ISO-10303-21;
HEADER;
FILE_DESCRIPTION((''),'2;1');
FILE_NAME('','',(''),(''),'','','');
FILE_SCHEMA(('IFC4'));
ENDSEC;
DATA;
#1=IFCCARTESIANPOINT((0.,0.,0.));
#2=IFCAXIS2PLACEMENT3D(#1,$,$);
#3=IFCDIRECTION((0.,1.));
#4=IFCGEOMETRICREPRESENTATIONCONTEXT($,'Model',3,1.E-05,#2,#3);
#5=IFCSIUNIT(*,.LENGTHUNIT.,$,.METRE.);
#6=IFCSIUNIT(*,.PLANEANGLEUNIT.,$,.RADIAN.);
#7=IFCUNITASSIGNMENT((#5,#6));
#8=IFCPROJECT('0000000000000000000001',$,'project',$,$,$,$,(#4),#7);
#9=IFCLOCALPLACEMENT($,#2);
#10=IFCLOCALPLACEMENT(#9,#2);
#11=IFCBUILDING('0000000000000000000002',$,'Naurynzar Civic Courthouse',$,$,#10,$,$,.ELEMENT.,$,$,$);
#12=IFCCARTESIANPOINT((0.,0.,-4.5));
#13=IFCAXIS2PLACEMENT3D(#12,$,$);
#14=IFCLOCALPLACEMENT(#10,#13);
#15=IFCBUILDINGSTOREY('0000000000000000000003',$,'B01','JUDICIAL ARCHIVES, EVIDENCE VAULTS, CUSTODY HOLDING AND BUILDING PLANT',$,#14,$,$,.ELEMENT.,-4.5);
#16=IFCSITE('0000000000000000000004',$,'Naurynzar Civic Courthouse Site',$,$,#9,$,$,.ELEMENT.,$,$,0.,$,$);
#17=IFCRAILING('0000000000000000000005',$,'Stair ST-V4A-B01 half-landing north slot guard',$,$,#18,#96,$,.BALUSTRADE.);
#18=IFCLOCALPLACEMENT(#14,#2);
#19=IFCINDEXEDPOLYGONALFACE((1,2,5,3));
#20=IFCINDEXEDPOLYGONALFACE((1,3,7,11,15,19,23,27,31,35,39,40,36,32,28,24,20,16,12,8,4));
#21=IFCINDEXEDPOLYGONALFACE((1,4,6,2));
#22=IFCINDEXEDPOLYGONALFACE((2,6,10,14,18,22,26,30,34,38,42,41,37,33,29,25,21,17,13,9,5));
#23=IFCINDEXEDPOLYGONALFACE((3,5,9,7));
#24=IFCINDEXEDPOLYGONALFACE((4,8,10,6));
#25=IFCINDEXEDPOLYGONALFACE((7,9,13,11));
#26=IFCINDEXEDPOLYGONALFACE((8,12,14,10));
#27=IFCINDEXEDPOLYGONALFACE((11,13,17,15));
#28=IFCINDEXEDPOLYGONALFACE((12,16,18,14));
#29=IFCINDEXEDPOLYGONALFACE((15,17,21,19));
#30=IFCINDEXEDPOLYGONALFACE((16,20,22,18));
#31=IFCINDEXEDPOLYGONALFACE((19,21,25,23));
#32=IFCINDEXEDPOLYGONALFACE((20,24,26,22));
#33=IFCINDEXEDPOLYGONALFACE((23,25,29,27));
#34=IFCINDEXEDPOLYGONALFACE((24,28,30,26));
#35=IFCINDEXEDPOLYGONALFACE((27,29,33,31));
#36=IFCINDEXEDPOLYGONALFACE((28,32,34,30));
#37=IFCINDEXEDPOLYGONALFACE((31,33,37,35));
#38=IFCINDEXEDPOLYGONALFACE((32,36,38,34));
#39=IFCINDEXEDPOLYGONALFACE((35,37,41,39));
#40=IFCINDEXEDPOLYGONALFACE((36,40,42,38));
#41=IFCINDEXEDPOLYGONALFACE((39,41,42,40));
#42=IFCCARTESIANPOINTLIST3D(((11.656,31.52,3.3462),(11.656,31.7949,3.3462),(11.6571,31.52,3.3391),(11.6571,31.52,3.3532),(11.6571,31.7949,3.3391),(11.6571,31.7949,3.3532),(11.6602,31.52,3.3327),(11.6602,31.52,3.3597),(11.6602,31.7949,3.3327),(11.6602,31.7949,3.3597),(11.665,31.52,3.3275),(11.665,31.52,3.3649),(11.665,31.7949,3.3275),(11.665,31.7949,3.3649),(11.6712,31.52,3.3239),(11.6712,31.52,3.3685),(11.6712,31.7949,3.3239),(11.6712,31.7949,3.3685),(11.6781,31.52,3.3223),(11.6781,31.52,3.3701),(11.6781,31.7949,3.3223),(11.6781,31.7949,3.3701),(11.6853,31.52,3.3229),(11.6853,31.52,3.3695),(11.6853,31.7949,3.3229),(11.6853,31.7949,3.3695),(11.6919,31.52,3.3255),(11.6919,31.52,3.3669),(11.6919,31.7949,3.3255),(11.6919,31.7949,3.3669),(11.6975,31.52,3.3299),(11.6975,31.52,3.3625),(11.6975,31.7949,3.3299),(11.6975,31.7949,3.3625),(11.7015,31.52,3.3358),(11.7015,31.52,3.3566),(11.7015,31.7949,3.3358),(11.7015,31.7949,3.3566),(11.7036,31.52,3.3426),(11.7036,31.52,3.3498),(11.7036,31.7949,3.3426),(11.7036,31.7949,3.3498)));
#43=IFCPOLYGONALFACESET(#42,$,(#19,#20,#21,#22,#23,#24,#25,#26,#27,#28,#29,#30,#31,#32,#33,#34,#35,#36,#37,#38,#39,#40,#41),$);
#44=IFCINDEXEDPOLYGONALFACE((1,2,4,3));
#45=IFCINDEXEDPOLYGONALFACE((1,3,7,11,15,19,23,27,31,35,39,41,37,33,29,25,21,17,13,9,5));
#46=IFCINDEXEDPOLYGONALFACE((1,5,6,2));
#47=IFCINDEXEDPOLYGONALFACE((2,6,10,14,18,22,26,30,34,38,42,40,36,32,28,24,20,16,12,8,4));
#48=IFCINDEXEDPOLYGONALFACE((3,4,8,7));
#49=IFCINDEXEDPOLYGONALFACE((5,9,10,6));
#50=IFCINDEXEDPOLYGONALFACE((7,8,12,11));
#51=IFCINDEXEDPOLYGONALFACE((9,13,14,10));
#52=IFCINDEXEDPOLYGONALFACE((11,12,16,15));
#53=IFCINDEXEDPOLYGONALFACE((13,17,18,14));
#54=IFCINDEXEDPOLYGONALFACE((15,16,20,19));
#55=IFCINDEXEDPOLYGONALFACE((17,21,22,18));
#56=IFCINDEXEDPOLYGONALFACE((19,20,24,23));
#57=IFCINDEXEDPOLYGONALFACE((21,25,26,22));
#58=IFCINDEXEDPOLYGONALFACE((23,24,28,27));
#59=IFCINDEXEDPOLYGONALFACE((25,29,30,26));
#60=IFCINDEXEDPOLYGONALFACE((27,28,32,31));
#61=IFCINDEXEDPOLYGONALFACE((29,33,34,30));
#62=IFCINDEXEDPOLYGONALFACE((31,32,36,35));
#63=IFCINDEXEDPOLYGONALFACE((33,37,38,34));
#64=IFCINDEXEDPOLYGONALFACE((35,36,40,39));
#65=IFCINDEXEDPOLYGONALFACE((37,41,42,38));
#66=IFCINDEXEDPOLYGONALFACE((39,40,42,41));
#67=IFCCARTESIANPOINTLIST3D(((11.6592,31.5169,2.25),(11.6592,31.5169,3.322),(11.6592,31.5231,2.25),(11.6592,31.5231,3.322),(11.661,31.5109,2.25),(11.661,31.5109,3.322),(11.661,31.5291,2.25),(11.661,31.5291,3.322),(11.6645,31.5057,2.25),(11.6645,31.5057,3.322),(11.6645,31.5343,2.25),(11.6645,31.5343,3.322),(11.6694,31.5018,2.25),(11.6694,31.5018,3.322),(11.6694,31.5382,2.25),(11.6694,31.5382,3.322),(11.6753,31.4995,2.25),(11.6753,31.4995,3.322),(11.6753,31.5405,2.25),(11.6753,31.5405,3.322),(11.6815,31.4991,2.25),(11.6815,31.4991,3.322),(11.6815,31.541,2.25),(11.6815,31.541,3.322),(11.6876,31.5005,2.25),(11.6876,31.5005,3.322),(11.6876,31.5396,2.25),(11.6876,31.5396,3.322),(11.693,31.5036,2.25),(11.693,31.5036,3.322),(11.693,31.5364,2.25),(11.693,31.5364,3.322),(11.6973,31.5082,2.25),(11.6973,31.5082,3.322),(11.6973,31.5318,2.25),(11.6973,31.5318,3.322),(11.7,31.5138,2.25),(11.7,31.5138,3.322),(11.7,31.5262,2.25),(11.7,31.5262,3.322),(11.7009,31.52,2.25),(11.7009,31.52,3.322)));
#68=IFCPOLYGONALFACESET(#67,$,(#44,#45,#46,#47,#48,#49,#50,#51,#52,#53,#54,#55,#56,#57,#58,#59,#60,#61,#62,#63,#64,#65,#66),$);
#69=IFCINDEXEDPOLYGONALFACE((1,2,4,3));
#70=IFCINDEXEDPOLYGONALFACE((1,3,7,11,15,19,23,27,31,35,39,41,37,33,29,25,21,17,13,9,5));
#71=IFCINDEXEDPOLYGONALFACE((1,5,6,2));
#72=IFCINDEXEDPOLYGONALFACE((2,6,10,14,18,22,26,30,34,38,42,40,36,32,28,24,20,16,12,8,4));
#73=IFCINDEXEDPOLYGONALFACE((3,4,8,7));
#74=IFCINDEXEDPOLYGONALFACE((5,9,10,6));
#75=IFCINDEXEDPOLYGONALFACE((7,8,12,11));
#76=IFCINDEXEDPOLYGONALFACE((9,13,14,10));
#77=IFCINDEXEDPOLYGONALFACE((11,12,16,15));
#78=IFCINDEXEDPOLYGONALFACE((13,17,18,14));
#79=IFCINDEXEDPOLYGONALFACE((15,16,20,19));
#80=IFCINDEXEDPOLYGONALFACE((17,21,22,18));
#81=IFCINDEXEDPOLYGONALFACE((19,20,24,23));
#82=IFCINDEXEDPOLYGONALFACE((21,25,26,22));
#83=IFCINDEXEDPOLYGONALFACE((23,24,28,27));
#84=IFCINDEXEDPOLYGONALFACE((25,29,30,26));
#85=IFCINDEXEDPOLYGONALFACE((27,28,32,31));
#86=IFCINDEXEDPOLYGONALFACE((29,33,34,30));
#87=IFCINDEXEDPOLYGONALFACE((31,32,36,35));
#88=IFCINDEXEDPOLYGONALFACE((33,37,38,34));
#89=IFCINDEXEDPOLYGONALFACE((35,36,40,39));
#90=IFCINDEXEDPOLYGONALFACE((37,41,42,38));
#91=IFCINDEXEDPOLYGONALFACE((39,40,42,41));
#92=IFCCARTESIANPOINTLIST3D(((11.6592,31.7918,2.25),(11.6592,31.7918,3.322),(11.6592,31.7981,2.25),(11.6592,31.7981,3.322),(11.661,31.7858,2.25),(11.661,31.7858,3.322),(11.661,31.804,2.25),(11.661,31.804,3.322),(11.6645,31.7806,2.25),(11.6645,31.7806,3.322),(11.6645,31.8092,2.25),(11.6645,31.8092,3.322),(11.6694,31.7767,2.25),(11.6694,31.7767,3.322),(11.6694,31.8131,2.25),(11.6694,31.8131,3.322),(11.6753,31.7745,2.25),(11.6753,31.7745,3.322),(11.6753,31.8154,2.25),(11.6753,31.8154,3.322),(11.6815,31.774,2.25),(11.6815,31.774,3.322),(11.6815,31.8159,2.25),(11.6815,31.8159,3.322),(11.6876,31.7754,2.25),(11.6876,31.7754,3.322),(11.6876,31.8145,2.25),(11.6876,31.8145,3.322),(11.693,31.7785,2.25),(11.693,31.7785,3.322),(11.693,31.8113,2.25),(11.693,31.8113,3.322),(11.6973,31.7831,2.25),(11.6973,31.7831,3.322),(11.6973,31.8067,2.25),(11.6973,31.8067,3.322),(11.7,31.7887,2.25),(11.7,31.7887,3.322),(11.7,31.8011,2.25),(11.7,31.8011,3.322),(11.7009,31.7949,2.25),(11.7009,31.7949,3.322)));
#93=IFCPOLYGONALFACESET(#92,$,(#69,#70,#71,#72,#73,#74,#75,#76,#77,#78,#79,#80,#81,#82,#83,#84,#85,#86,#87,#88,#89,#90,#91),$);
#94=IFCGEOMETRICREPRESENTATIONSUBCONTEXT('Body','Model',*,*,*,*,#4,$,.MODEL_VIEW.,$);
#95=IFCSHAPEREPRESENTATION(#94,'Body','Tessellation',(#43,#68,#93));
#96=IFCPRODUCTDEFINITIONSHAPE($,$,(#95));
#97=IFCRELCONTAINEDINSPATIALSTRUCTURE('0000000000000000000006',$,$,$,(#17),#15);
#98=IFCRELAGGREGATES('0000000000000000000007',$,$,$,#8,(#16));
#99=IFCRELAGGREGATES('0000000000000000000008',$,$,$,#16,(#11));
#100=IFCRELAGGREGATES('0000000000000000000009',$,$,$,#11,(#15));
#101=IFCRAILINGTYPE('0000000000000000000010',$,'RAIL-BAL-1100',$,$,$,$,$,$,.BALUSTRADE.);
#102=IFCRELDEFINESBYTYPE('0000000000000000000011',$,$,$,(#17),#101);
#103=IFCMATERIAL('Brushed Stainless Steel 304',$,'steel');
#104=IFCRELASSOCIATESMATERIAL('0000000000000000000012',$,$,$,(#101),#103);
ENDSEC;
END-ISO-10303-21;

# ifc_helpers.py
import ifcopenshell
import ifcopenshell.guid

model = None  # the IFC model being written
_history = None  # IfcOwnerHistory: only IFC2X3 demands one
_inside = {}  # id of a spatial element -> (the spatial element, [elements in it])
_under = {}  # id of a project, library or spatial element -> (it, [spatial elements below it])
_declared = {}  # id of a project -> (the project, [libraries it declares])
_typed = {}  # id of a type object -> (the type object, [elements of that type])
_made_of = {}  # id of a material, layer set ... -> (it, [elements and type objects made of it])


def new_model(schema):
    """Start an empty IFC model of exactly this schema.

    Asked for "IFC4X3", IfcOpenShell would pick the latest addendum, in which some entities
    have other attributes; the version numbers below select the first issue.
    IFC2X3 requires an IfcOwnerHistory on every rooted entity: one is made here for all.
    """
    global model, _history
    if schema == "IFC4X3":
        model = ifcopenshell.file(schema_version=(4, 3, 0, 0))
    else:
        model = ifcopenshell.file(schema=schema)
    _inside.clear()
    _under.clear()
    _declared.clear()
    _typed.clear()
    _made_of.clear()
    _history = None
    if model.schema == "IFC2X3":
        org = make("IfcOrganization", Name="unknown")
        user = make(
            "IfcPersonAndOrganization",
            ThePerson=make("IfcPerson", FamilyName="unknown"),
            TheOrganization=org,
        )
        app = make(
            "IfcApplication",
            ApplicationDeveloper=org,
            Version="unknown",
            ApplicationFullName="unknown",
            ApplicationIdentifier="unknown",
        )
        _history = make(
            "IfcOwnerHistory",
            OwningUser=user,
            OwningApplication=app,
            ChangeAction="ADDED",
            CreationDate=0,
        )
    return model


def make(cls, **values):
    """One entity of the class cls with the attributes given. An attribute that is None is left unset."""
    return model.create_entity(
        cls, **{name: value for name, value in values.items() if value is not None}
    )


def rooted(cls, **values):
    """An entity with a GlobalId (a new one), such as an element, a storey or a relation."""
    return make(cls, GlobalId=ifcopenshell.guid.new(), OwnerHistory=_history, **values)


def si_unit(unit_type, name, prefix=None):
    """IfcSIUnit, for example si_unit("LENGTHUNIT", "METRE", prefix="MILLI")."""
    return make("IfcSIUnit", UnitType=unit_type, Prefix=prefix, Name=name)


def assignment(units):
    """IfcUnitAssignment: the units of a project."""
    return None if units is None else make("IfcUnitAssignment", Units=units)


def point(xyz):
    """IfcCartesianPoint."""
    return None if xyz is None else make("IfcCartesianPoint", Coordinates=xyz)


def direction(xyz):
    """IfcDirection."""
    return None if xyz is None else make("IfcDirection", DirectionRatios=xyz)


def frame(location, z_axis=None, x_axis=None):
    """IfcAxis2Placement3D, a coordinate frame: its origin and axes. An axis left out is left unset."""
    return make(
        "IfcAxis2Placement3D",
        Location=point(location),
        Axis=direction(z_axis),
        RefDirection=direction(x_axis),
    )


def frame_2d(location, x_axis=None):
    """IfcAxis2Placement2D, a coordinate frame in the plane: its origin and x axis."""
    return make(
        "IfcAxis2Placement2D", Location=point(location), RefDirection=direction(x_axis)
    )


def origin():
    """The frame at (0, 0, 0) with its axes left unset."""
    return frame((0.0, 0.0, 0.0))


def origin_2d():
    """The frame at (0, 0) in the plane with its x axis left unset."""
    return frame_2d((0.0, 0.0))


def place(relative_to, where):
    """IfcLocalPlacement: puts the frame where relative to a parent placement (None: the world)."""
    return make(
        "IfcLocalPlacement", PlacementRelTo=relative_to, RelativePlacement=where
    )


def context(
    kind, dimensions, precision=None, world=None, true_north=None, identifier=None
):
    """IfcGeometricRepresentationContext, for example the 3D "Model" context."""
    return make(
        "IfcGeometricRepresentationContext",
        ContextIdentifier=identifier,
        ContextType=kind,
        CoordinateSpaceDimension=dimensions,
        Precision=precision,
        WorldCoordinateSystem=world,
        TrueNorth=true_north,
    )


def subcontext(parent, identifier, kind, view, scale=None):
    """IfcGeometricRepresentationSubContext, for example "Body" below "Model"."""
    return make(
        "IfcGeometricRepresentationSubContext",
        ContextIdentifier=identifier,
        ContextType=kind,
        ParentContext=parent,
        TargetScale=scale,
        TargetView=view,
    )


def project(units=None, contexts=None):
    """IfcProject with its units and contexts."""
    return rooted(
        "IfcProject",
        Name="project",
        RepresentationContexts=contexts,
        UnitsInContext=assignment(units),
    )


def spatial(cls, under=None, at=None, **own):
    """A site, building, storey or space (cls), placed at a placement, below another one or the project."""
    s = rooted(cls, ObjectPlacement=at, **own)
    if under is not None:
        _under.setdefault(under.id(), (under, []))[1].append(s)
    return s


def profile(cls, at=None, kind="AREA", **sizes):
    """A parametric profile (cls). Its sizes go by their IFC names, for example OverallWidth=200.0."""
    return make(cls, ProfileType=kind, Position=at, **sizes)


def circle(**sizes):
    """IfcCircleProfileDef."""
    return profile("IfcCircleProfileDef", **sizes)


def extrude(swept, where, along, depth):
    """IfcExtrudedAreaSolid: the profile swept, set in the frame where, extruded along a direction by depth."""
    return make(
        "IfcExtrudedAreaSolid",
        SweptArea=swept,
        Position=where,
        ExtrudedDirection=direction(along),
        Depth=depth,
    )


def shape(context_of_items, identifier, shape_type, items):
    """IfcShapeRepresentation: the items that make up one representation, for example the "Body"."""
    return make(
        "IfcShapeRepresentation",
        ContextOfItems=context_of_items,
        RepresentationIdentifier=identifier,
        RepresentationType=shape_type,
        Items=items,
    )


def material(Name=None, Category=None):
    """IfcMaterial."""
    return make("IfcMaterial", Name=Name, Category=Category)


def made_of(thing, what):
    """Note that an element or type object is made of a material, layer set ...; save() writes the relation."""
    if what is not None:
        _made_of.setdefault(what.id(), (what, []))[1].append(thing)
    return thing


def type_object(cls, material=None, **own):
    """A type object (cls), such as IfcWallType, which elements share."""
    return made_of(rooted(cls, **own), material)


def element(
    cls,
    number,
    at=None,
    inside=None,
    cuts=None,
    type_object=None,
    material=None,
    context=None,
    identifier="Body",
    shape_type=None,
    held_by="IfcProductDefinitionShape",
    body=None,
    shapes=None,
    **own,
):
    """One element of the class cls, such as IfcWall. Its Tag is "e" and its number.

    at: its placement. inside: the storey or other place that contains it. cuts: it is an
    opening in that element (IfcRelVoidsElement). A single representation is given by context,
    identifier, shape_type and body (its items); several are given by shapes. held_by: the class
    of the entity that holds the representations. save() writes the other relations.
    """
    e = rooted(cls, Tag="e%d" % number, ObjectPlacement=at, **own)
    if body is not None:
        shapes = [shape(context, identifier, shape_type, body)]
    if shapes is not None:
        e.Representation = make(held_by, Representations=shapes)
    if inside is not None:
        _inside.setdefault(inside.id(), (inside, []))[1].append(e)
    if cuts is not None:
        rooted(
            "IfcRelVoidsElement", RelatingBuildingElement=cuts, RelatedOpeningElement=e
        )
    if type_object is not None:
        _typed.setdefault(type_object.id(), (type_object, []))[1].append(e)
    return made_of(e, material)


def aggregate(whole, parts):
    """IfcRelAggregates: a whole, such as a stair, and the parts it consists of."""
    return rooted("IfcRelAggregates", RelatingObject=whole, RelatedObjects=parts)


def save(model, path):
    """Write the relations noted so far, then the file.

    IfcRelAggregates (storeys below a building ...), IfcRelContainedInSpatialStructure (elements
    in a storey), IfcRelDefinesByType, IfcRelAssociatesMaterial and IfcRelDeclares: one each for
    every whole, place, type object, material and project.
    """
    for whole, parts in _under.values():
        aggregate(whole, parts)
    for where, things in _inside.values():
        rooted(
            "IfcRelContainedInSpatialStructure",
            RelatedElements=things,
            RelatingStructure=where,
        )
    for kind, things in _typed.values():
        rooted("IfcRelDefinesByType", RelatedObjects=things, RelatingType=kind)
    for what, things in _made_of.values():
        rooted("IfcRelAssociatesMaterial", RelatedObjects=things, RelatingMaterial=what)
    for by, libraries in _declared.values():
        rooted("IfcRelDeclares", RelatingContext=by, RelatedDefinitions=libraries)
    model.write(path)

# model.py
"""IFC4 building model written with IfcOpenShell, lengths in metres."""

from ifc_helpers import new_model, si_unit, direction, frame, origin, origin_2d, place, context, subcontext, project, spatial, circle, extrude, material, type_object, element, save


model = new_model("IFC4")

# Units and contexts
model_context = context("Model", 3, precision=1e-05, world=origin(), true_north=direction((0.0, 1.0)))
body_context = subcontext(model_context, "Body", "Model", "MODEL_VIEW")
ifc_project = project(units=[si_unit("LENGTHUNIT", "METRE"), si_unit("PLANEANGLEUNIT", "RADIAN")], contexts=[model_context])

# Site, building, storey
site_placement = place(None, origin())
site = spatial("IfcSite", under=ifc_project, at=site_placement, Name="Naurynzar Civic Courthouse Site", CompositionType="ELEMENT", RefElevation=0.0)
building_placement = place(site_placement, origin())
building = spatial("IfcBuilding", under=site, at=building_placement, Name="Naurynzar Civic Courthouse", CompositionType="ELEMENT")
storey_placement = place(building_placement, frame((0.0, 0.0, -4.5)))
storey = spatial("IfcBuildingStorey", under=building, at=storey_placement, Name="B01", Description="JUDICIAL ARCHIVES, EVIDENCE VAULTS, CUSTODY HOLDING AND BUILDING PLANT", CompositionType="ELEMENT", Elevation=-4.5)

# Railing
ifc_material_1 = material(Name="Brushed Stainless Steel 304", Category="steel")
railing_type_1 = type_object("IfcRailingType", Name="RAIL-BAL-1100", PredefinedType="BALUSTRADE", material=ifc_material_1)
railing_1_placement = place(storey_placement, frame((11.6799, 31.52, 2.25)))
element("IfcRailing", 1, at=railing_1_placement, inside=storey, type_object=railing_type_1, Name="Stair ST-V4A-B01 half-landing north slot guard", PredefinedType="BALUSTRADE", context=body_context, shape_type="SweptSolid", body=[
    extrude(circle(Radius=0.0239, at=origin_2d()), frame((0.0, 0.0, 1.0962), z_axis=(0.0, 1.0, 0.0), x_axis=(-1.0, 0.0, 0.0)), (0.0, 0.0, 1.0), 0.2749),
    extrude(circle(Radius=0.021, at=origin_2d()), origin(), (0.0, 0.0, 1.0), 1.072),
    extrude(circle(Radius=0.021, at=origin_2d()), frame((0.0, 0.2749, 0.0)), (0.0, 0.0, 1.0), 1.072),
])

save(model, "model.ifc")
